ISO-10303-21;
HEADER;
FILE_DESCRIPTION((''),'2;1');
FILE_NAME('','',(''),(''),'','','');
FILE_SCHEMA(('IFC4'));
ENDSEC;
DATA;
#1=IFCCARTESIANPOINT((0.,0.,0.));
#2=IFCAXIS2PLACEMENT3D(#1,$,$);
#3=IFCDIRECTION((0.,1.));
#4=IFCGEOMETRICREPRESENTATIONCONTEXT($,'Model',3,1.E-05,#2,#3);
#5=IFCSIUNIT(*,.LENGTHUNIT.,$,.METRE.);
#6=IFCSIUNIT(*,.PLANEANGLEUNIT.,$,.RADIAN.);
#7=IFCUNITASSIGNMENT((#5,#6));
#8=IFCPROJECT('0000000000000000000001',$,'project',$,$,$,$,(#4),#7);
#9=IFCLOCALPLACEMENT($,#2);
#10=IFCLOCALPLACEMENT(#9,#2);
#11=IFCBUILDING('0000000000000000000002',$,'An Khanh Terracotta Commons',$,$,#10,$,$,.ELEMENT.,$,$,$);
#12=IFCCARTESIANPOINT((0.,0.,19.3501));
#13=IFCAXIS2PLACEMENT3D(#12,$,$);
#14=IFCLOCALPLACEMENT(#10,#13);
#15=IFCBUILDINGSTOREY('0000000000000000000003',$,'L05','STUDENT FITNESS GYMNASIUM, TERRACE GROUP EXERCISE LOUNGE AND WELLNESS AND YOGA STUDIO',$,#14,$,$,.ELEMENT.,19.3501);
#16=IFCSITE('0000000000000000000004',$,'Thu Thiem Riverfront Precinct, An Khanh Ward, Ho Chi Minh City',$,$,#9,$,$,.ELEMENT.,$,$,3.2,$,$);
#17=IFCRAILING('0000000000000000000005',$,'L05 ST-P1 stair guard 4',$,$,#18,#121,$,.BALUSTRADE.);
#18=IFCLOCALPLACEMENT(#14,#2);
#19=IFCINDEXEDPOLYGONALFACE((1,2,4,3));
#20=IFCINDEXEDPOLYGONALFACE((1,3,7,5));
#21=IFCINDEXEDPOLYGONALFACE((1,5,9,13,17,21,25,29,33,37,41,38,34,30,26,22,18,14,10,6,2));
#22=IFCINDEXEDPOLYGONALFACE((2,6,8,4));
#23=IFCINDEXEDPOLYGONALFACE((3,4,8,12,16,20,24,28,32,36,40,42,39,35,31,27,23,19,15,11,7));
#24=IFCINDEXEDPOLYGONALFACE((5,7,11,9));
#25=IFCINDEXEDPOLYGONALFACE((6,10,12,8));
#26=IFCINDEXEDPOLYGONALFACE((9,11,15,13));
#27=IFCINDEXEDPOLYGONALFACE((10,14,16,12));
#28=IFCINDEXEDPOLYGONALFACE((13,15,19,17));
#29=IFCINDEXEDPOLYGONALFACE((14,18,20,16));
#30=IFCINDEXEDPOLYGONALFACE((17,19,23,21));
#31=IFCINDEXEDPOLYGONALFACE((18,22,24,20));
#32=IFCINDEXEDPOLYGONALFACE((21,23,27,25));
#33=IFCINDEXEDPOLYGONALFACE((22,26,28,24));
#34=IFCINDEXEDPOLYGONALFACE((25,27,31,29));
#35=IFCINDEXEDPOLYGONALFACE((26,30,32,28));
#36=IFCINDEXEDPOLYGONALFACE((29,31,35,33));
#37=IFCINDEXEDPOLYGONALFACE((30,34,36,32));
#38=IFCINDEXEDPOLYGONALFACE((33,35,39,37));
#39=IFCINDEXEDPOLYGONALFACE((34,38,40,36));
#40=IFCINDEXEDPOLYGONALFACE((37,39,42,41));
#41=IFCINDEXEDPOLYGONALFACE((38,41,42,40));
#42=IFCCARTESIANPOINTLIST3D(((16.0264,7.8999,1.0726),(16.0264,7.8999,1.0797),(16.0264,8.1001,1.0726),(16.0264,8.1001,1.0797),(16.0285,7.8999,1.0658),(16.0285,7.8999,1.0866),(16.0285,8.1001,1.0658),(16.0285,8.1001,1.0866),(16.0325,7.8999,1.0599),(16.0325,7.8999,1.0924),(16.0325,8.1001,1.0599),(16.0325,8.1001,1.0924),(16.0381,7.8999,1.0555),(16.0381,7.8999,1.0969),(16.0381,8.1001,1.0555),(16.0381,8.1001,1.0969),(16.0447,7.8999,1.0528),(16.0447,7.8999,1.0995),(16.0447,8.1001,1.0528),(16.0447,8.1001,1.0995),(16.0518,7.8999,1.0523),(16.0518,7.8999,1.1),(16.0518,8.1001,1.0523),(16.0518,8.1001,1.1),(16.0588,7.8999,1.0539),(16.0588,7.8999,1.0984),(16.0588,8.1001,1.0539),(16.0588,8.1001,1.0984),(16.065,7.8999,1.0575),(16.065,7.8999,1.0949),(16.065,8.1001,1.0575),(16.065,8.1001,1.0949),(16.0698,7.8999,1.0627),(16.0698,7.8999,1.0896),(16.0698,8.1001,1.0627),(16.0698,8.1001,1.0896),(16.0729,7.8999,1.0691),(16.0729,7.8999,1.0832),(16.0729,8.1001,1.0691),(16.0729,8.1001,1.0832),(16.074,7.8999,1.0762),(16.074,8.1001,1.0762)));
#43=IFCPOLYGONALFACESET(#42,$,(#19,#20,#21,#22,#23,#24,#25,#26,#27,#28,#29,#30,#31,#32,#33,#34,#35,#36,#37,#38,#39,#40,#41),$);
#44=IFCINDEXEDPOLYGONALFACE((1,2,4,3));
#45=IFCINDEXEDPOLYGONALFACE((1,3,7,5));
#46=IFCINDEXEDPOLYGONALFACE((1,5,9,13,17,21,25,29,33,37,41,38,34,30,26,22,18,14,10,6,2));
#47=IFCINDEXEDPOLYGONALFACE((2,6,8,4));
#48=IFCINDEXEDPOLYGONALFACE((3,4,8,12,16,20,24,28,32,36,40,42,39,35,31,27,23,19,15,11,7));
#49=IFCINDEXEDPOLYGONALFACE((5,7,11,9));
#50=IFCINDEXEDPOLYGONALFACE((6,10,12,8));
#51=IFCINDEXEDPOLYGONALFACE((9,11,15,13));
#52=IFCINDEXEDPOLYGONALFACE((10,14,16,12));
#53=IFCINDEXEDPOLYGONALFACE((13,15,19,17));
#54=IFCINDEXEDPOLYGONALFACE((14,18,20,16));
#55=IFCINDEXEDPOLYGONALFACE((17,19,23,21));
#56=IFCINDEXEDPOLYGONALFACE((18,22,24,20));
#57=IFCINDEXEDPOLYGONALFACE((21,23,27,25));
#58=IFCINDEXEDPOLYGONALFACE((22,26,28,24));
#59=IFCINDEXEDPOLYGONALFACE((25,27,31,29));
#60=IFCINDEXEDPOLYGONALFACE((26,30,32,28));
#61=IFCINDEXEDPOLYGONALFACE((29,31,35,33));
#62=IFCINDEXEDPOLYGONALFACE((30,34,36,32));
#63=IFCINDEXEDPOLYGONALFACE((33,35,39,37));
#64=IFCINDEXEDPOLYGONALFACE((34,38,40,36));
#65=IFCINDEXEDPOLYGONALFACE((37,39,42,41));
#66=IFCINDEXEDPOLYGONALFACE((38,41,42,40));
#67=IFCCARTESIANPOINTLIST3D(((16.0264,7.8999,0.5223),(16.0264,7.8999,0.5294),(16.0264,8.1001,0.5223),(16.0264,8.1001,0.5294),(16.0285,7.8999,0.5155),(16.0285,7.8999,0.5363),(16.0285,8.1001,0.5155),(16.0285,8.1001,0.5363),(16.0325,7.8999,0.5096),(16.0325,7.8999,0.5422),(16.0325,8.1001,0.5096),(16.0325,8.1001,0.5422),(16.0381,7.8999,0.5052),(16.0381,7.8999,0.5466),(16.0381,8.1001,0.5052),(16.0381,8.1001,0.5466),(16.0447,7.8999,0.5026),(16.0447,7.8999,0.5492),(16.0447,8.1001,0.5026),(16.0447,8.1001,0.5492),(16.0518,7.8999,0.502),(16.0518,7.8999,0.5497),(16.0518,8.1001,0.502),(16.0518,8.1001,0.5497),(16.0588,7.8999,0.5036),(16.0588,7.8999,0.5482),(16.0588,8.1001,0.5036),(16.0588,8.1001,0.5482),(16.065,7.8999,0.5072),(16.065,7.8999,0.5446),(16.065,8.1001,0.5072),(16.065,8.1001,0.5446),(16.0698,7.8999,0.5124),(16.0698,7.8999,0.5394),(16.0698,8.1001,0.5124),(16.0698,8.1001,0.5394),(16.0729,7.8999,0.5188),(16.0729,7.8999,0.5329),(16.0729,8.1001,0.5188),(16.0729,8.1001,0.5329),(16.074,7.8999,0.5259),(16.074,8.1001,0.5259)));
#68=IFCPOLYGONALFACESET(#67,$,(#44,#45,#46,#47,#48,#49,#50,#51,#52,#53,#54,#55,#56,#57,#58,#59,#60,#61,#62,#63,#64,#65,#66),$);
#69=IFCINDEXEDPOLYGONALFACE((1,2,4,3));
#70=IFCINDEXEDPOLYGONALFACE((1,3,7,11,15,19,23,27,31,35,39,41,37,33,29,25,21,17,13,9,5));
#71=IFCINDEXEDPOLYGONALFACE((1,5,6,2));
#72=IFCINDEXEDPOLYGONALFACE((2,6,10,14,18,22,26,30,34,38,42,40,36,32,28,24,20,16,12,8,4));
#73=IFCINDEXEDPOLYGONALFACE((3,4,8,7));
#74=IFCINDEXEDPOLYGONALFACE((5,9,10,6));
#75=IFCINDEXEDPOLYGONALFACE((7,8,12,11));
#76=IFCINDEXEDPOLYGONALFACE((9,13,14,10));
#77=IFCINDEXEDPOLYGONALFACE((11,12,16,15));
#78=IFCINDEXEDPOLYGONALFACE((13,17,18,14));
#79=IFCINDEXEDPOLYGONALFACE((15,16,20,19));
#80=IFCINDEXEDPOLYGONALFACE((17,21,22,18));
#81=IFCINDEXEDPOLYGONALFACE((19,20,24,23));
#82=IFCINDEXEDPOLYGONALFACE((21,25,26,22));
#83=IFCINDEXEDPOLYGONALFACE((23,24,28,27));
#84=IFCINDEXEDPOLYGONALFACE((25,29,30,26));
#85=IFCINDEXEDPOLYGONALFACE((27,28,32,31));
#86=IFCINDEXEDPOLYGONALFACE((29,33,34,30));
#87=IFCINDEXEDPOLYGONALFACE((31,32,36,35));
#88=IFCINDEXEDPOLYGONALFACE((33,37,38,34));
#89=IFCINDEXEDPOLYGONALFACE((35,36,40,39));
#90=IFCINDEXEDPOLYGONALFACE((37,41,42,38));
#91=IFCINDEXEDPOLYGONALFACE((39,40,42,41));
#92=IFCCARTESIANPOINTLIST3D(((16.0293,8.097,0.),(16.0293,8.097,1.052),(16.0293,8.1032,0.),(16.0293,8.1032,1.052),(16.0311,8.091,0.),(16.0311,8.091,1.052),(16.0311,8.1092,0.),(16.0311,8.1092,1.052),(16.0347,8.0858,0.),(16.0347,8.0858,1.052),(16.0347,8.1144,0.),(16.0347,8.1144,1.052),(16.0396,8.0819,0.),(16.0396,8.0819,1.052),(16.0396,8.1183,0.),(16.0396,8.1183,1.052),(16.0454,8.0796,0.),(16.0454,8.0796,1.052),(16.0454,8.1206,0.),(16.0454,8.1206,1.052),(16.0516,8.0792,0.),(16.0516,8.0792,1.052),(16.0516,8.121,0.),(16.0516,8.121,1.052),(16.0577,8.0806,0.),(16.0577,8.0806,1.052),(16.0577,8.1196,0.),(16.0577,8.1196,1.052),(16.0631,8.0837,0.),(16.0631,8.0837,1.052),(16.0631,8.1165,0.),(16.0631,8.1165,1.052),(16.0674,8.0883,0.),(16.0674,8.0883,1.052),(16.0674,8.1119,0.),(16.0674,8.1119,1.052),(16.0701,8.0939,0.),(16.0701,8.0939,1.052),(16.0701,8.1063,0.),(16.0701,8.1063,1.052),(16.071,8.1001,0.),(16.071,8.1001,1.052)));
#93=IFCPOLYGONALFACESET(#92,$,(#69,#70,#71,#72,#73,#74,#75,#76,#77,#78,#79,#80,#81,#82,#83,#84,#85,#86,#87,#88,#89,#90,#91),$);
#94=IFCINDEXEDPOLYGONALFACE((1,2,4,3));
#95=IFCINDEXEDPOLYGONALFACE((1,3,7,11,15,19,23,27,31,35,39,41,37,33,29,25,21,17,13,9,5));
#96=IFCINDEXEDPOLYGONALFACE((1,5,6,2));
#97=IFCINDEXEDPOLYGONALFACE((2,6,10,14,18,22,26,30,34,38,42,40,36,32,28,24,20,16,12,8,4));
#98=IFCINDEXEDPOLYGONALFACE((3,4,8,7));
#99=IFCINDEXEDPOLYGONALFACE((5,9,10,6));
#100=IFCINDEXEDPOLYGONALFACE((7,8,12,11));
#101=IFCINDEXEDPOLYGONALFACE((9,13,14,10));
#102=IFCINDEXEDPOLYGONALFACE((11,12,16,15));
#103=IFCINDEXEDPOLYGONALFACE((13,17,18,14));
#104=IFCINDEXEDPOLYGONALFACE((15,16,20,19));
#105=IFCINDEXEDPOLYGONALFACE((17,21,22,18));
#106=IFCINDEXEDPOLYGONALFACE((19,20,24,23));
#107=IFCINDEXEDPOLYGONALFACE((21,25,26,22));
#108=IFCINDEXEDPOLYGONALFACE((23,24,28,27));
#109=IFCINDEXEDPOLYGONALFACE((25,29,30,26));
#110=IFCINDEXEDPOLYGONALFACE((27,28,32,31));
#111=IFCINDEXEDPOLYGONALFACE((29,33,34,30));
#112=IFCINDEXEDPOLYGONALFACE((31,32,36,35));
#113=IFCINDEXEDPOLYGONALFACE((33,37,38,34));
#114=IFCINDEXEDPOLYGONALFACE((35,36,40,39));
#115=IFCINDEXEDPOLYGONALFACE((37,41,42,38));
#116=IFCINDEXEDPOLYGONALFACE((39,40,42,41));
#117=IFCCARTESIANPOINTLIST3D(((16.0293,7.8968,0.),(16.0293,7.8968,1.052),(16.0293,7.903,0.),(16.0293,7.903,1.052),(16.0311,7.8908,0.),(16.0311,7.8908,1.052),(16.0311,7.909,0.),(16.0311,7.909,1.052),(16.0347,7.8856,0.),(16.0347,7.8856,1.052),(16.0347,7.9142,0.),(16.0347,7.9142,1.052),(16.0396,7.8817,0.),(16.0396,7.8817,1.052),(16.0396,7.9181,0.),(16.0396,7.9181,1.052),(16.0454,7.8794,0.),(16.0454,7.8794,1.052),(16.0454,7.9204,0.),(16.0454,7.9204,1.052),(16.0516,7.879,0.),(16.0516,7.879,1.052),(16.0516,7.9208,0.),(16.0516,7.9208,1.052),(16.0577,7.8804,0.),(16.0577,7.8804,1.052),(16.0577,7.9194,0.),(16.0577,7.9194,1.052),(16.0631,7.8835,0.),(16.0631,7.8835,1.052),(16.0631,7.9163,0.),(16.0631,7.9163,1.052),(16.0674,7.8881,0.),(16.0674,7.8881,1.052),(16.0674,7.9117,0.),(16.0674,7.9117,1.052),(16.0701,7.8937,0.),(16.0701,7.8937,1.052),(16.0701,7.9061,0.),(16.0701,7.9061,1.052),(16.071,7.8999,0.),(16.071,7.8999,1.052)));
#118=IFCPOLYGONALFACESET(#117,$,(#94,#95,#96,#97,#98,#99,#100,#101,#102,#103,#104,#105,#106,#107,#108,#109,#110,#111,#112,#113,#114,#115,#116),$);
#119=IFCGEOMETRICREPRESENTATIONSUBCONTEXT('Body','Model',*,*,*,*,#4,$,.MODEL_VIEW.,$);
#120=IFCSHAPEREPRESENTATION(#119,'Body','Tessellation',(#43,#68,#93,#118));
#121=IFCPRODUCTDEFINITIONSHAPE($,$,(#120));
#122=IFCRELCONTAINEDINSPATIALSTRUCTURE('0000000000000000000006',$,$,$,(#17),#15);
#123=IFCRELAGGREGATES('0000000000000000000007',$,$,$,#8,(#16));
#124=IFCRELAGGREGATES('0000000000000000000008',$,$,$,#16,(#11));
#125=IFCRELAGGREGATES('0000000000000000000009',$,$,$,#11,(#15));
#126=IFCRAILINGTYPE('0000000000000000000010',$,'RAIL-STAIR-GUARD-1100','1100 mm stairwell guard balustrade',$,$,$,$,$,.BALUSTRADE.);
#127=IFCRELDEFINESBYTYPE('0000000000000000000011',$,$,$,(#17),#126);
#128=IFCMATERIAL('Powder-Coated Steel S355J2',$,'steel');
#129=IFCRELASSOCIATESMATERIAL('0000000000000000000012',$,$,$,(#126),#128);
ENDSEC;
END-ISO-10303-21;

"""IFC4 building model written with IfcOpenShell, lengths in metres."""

from ifc_helpers import new_model, si_unit, direction, frame, origin, origin_2d, place, context, subcontext, project, spatial, circle, extrude, material, type_object, element, save


model = new_model("IFC4")

# Units and contexts
model_context = context("Model", 3, precision=1e-05, world=origin(), true_north=direction((0.0, 1.0)))
body_context = subcontext(model_context, "Body", "Model", "MODEL_VIEW")
ifc_project = project(units=[si_unit("LENGTHUNIT", "METRE"), si_unit("PLANEANGLEUNIT", "RADIAN")], contexts=[model_context])

# Site, building, storey
site_placement = place(None, origin())
site = spatial("IfcSite", under=ifc_project, at=site_placement, Name="Thu Thiem Riverfront Precinct, An Khanh Ward, Ho Chi Minh City", CompositionType="ELEMENT", RefElevation=3.2)
building_placement = place(site_placement, origin())
building = spatial("IfcBuilding", under=site, at=building_placement, Name="An Khanh Terracotta Commons", CompositionType="ELEMENT")
storey_placement = place(building_placement, frame((0.0, 0.0, 19.3501)))
storey = spatial("IfcBuildingStorey", under=building, at=storey_placement, Name="L05", Description="STUDENT FITNESS GYMNASIUM, TERRACE GROUP EXERCISE LOUNGE AND WELLNESS AND YOGA STUDIO", CompositionType="ELEMENT", Elevation=19.3501)

# Railing
ifc_material_1 = material(Name="Powder-Coated Steel S355J2", Category="steel")
railing_type_1 = type_object("IfcRailingType", Name="RAIL-STAIR-GUARD-1100", Description="1100 mm stairwell guard balustrade", PredefinedType="BALUSTRADE", material=ifc_material_1)
railing_1_placement = place(storey_placement, frame((16.05, 8.1001, 0.0)))
element("IfcRailing", 1, at=railing_1_placement, inside=storey, type_object=railing_type_1, Name="L05 ST-P1 stair guard 4", PredefinedType="BALUSTRADE", context=body_context, shape_type="SweptSolid", body=[
    extrude(circle(Radius=0.0239, at=origin_2d()), frame((0.0, 0.0, 1.0762), z_axis=(0.0, -1.0, 0.0), x_axis=(1.0, 0.0, 0.0)), (0.0, 0.0, 1.0), 0.2002),
    extrude(circle(Radius=0.0239, at=origin_2d()), frame((0.0, 0.0, 0.5259), z_axis=(0.0, -1.0, 0.0), x_axis=(1.0, 0.0, 0.0)), (0.0, 0.0, 1.0), 0.2002),
    extrude(circle(Radius=0.021, at=origin_2d()), origin(), (0.0, 0.0, 1.0), 1.052),
    extrude(circle(Radius=0.021, at=origin_2d()), frame((0.0, -0.2002, 0.0)), (0.0, 0.0, 1.0), 1.052),
])

save(model, "model.ifc")
